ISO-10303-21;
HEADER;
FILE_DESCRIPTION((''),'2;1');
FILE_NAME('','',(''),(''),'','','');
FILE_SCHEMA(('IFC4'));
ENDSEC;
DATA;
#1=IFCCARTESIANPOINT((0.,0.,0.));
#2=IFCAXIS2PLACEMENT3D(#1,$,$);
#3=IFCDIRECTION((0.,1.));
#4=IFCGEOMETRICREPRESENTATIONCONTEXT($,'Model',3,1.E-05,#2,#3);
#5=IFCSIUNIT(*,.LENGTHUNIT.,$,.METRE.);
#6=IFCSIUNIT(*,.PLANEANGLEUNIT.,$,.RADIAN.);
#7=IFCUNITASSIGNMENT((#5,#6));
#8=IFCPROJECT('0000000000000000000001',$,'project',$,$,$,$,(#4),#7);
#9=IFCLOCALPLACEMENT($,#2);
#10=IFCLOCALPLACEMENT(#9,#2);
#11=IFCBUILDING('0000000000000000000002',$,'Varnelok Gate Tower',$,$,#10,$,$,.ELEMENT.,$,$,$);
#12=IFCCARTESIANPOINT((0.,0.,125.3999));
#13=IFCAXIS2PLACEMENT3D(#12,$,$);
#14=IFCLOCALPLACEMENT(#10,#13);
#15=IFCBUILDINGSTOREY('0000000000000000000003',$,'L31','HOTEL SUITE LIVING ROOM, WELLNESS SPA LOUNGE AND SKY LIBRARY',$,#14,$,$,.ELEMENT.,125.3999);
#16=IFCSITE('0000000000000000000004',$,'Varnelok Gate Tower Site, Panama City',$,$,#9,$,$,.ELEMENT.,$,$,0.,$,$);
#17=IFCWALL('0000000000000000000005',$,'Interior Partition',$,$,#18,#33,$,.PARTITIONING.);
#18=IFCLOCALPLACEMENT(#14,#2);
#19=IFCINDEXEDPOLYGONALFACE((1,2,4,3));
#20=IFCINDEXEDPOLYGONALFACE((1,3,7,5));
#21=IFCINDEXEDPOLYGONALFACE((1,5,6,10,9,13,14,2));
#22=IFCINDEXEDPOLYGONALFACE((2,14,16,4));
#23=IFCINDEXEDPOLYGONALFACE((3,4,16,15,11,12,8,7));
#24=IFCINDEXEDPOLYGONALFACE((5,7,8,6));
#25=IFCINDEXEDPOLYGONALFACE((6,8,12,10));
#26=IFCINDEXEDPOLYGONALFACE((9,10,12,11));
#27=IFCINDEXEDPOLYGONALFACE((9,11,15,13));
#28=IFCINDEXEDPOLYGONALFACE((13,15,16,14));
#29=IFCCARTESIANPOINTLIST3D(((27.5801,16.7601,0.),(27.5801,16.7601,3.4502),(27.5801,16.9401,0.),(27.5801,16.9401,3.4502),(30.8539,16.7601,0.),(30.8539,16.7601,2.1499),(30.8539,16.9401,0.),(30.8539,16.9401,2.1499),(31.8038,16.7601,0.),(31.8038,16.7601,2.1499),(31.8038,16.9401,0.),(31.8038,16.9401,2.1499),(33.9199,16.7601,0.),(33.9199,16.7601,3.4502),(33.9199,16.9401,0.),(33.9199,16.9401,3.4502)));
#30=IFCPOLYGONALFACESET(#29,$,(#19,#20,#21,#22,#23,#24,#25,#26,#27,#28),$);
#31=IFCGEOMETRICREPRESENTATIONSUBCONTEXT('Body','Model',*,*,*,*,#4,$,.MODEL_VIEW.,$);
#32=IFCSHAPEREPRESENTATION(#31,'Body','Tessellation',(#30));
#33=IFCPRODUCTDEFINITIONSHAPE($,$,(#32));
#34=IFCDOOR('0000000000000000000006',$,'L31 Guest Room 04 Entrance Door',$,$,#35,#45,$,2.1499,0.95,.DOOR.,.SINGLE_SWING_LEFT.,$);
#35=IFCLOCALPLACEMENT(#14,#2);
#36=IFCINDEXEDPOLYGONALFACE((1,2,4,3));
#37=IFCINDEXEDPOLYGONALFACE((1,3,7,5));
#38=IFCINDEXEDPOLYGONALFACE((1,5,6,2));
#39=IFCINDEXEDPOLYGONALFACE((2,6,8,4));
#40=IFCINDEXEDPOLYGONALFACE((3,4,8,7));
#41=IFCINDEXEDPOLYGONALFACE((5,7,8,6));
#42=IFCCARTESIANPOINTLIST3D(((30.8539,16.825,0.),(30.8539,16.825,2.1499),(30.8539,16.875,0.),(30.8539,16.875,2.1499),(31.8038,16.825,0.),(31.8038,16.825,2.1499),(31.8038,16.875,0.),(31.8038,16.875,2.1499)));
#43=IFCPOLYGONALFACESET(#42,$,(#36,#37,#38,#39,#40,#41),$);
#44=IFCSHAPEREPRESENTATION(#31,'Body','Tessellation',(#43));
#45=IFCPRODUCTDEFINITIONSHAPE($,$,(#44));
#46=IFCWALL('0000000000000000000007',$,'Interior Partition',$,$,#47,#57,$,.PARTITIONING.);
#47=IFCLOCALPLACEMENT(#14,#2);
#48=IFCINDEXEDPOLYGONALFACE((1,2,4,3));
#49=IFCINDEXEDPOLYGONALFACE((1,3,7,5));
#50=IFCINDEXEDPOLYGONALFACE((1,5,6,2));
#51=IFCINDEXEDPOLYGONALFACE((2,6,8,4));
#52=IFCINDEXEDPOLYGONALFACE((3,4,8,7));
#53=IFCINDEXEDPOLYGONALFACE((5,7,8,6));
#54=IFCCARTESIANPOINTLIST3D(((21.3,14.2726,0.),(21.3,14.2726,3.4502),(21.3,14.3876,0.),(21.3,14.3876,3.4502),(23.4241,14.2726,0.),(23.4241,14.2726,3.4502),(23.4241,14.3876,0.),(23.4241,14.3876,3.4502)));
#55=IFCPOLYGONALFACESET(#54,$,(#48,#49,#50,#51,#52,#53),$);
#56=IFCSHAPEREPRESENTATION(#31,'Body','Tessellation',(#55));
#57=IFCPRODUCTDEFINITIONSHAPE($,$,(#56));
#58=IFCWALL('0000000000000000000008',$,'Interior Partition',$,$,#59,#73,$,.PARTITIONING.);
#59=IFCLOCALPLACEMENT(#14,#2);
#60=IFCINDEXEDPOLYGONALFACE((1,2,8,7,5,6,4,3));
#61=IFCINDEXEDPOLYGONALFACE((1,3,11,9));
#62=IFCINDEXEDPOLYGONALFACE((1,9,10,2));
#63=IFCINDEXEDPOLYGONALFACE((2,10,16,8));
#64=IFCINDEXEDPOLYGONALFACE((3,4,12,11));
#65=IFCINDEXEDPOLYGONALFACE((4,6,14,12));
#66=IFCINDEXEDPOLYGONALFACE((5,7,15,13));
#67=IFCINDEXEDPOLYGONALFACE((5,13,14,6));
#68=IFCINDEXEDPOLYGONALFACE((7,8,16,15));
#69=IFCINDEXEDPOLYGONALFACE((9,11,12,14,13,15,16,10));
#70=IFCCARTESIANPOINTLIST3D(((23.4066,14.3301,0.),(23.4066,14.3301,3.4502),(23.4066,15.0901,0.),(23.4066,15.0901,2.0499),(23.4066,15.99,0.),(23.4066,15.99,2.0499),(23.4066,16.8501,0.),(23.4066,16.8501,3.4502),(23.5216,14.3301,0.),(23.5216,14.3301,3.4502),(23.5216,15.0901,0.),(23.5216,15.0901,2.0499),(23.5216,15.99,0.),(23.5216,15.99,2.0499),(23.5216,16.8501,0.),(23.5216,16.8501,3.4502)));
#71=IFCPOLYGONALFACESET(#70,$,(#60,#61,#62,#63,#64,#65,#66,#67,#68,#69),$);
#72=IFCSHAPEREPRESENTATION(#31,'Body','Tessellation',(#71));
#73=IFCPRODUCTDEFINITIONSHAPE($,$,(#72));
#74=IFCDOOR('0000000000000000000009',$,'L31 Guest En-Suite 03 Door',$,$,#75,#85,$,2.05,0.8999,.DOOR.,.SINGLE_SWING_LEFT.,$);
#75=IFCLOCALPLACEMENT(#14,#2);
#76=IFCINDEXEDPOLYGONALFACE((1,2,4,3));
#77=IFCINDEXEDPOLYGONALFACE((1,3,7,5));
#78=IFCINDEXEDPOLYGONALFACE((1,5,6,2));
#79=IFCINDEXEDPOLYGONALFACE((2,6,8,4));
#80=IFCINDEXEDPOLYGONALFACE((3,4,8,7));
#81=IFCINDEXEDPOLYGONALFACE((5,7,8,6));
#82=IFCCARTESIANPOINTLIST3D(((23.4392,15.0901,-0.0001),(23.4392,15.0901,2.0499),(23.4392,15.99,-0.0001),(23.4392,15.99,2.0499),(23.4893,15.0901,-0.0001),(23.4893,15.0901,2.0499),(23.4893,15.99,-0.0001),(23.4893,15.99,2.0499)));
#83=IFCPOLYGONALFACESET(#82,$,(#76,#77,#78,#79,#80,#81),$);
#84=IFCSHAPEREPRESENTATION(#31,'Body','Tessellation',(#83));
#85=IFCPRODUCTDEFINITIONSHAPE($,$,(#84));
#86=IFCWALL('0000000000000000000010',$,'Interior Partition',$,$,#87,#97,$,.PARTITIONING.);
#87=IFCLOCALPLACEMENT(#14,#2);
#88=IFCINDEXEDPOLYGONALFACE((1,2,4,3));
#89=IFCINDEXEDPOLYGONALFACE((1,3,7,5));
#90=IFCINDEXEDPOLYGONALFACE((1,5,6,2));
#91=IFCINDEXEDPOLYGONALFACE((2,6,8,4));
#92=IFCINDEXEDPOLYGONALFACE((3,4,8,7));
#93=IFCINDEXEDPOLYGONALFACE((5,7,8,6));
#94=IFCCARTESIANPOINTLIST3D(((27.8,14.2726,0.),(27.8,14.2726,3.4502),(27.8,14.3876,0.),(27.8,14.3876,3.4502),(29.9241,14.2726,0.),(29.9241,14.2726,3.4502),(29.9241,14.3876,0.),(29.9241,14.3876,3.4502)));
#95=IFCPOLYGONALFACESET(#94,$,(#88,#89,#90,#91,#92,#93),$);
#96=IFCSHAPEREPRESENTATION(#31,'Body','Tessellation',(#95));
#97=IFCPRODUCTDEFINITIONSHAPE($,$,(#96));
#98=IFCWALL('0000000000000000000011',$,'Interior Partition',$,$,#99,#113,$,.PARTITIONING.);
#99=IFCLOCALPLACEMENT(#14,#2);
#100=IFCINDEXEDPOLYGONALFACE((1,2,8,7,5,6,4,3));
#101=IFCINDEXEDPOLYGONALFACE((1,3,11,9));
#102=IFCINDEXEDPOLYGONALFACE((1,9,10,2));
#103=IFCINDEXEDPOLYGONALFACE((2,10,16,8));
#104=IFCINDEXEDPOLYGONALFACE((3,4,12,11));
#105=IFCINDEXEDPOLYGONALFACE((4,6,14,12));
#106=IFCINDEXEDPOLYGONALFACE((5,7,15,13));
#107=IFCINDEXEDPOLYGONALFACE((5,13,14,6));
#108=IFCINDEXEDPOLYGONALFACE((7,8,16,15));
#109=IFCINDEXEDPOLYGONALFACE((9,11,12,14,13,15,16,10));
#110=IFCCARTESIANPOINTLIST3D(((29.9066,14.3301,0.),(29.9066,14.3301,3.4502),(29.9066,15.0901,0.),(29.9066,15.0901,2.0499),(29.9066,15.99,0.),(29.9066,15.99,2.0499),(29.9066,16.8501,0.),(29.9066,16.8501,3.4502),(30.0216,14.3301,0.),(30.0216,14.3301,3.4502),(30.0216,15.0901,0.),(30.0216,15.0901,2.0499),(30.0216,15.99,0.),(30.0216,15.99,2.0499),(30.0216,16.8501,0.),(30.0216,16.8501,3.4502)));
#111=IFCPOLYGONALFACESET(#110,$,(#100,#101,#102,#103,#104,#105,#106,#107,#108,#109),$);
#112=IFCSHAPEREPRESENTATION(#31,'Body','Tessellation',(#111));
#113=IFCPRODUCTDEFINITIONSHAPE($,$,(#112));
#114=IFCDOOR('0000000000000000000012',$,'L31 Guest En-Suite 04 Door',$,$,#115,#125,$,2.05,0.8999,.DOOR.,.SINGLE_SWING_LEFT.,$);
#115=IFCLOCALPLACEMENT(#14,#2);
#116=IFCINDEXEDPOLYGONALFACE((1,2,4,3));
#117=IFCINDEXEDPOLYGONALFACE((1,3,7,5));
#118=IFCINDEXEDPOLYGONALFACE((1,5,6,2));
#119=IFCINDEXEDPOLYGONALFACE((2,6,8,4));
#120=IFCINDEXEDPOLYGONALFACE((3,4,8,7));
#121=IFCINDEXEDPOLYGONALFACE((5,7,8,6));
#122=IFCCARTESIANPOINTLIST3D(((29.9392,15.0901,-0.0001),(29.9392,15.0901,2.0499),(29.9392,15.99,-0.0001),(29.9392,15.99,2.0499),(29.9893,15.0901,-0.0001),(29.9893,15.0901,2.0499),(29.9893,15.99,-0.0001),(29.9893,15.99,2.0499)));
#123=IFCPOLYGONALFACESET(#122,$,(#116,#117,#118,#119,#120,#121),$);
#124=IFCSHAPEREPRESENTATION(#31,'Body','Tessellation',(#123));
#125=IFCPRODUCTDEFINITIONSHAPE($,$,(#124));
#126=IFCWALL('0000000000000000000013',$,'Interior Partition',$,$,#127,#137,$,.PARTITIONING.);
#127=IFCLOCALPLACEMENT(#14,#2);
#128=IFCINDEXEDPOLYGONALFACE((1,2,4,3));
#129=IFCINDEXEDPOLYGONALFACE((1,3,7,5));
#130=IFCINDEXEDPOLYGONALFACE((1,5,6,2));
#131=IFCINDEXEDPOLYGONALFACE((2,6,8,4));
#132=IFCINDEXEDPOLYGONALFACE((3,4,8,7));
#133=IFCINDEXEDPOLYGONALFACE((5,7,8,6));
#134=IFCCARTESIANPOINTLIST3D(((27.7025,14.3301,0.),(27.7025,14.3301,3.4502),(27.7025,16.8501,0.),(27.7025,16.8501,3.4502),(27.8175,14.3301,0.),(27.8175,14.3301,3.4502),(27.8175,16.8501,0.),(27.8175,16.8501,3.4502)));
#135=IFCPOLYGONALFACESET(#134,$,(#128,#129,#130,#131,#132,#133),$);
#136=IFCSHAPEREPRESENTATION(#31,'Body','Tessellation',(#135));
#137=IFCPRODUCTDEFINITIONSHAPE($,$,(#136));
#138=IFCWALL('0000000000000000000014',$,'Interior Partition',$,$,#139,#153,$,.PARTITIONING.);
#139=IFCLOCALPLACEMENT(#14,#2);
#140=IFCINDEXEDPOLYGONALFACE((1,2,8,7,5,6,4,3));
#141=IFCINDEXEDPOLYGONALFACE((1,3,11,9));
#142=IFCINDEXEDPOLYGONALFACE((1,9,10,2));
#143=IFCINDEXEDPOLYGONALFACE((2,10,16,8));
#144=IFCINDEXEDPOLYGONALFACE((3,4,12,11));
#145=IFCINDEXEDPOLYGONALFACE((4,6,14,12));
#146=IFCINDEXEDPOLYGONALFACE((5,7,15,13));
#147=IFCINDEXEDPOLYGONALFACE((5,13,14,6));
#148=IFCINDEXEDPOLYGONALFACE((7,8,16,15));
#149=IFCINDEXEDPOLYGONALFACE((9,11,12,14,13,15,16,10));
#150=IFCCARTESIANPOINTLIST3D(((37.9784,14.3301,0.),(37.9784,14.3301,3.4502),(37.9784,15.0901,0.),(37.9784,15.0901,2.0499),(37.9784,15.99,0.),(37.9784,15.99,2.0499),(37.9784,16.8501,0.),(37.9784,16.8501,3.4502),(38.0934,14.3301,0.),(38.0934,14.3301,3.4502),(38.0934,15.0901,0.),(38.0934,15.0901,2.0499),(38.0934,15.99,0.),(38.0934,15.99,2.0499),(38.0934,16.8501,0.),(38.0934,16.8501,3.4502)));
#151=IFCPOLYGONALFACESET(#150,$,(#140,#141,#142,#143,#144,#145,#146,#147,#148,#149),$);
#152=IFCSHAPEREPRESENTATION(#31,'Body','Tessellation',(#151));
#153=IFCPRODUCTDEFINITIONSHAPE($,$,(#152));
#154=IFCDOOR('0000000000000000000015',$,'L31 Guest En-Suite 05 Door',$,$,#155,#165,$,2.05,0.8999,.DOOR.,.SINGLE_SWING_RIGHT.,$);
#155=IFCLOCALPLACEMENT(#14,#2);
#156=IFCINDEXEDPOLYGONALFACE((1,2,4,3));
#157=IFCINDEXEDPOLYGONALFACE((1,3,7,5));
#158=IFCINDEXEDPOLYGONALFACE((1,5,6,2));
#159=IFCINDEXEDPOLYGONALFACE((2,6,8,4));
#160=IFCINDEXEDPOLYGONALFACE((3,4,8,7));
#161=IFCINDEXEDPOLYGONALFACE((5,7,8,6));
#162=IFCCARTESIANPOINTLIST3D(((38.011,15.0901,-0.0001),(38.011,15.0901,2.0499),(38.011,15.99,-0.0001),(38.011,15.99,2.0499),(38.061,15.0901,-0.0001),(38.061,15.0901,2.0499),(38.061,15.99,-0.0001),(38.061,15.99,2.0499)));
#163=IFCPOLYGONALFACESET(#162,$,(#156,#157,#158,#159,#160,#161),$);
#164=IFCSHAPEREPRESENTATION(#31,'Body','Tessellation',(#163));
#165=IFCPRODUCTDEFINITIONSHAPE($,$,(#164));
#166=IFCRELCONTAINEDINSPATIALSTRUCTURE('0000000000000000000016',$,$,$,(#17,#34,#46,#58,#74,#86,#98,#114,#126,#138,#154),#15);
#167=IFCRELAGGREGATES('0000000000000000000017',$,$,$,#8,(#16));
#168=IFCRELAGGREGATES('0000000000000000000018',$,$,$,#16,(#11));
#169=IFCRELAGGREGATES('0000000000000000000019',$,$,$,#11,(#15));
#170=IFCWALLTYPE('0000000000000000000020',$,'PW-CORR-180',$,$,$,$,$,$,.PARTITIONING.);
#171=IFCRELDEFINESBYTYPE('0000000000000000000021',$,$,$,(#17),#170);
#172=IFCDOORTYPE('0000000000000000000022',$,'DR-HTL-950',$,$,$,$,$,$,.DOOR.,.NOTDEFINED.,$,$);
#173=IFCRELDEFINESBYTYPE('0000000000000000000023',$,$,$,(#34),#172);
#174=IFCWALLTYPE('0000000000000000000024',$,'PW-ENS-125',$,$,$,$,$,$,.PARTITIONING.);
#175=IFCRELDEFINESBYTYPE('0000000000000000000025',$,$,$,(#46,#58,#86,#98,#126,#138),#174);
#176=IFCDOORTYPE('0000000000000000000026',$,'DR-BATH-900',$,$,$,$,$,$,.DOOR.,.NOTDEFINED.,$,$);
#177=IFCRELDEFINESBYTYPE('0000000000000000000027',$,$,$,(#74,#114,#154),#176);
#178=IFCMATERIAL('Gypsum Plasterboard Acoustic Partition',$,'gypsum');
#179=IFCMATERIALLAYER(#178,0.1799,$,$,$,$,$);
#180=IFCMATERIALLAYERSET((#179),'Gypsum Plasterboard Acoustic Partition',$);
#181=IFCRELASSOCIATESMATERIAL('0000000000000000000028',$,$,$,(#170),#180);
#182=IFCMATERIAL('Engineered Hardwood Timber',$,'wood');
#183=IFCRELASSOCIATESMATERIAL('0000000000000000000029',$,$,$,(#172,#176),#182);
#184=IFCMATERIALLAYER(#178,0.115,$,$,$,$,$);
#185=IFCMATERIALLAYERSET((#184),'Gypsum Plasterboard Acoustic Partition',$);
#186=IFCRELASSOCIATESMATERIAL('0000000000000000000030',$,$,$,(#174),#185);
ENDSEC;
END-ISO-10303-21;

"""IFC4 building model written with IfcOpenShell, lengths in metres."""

from ifc_helpers import new_model, si_unit, direction, frame, frame_2d, origin, place, context, subcontext, project, spatial, rectangle, extrude, material, layer, layer_set, type_object, element, fill, save


model = new_model("IFC4")

# Units and contexts
model_context = context("Model", 3, precision=1e-05, world=origin(), true_north=direction((0.0, 1.0)))
body_context = subcontext(model_context, "Body", "Model", "MODEL_VIEW")
ifc_project = project(units=[si_unit("LENGTHUNIT", "METRE"), si_unit("PLANEANGLEUNIT", "RADIAN")], contexts=[model_context])

# Site, building, storey
site_placement = place(None, origin())
site = spatial("IfcSite", under=ifc_project, at=site_placement, Name="Varnelok Gate Tower Site, Panama City", CompositionType="ELEMENT", RefElevation=0.0)
building_placement = place(site_placement, origin())
building = spatial("IfcBuilding", under=site, at=building_placement, Name="Varnelok Gate Tower", CompositionType="ELEMENT")
storey_placement = place(building_placement, frame((0.0, 0.0, 125.3999)))
storey = spatial("IfcBuildingStorey", under=building, at=storey_placement, Name="L31", Description="HOTEL SUITE LIVING ROOM, WELLNESS SPA LOUNGE AND SKY LIBRARY", CompositionType="ELEMENT", Elevation=125.3999)

# Wall, opening, door
ifc_material_1 = material(Name="Gypsum Plasterboard Acoustic Partition", Category="gypsum")
ifc_layer_1 = layer(ifc_material_1, 0.1799)
ifc_layer_set_1 = layer_set([ifc_layer_1], Name="Gypsum Plasterboard Acoustic Partition")
wall_type_1 = type_object("IfcWallType", Name="PW-CORR-180", PredefinedType="PARTITIONING", material=ifc_layer_set_1)
wall_1_placement = place(storey_placement, frame((27.5801, 16.8501, 0.0), z_axis=(0.0, 0.0, 1.0), x_axis=(1.0, 0.0, 0.0)))
wall_1 = element("IfcWall", 1, at=wall_1_placement, inside=storey, type_object=wall_type_1, Name="Interior Partition", PredefinedType="PARTITIONING", context=body_context, shape_type="SweptSolid", body=[
    extrude(rectangle(XDim=6.3398, YDim=0.1799, at=frame_2d((3.1699, 0.0))), origin(), (0.0, 0.0, 1.0), 3.4502),
])
opening_1_placement = place(wall_1_placement, frame((3.2737, 0.0, 0.0)))
opening_1 = element("IfcOpeningElement", 2, at=opening_1_placement, cuts=wall_1, PredefinedType="OPENING", context=body_context, shape_type="SweptSolid", body=[
    extrude(rectangle(XDim=0.95, YDim=2.1499, at=frame_2d((0.4751, 1.075))), frame((0.0, 0.0999, 0.0), z_axis=(0.0, -1.0, 0.0), x_axis=(1.0, 0.0, 0.0)), (0.0, 0.0, 1.0), 0.2),
])
ifc_material_2 = material(Name="Engineered Hardwood Timber", Category="wood")
door_type_1 = type_object("IfcDoorType", Name="DR-HTL-950", OperationType="NOTDEFINED", PredefinedType="DOOR", material=ifc_material_2)
door_1_placement = place(opening_1_placement, origin())
door_1 = element("IfcDoor", 3, at=door_1_placement, inside=storey, type_object=door_type_1, Name="L31 Guest Room 04 Entrance Door", OperationType="SINGLE_SWING_LEFT", OverallHeight=2.1499, OverallWidth=0.95, PredefinedType="DOOR", context=body_context, shape_type="SweptSolid", body=[
    extrude(rectangle(XDim=0.95, YDim=2.1499, at=frame_2d((0.4751, 1.075))), frame((0.0, 0.0249, 0.0), z_axis=(0.0, -1.0, 0.0), x_axis=(1.0, 0.0, 0.0)), (0.0, 0.0, 1.0), 0.05),
])
fill(opening_1, door_1)

# Wall
ifc_layer_2 = layer(ifc_material_1, 0.115)
ifc_layer_set_2 = layer_set([ifc_layer_2], Name="Gypsum Plasterboard Acoustic Partition")
wall_type_2 = type_object("IfcWallType", Name="PW-ENS-125", PredefinedType="PARTITIONING", material=ifc_layer_set_2)
wall_2_placement = place(storey_placement, frame((21.3, 14.3301, 0.0), z_axis=(0.0, 0.0, 1.0), x_axis=(1.0, 0.0, 0.0)))
element("IfcWall", 4, at=wall_2_placement, inside=storey, type_object=wall_type_2, Name="Interior Partition", PredefinedType="PARTITIONING", context=body_context, shape_type="SweptSolid", body=[
    extrude(rectangle(XDim=2.124, YDim=0.115, at=frame_2d((1.062, 0.0))), origin(), (0.0, 0.0, 1.0), 3.4502),
])

# Wall, opening, door
wall_3_placement = place(storey_placement, frame((23.4641, 14.3301, 0.0), z_axis=(0.0, 0.0, 1.0), x_axis=(0.0, 1.0, 0.0)))
wall_3 = element("IfcWall", 5, at=wall_3_placement, inside=storey, type_object=wall_type_2, Name="Interior Partition", PredefinedType="PARTITIONING", context=body_context, shape_type="SweptSolid", body=[
    extrude(rectangle(XDim=2.52, YDim=0.115, at=frame_2d((1.26, 0.0))), origin(), (0.0, 0.0, 1.0), 3.4502),
])
opening_2_placement = place(wall_3_placement, frame((0.76, 0.0, 0.0)))
opening_2 = element("IfcOpeningElement", 6, at=opening_2_placement, cuts=wall_3, PredefinedType="OPENING", context=body_context, shape_type="SweptSolid", body=[
    extrude(rectangle(XDim=0.8999, YDim=2.05, at=frame_2d((0.45, 1.0249))), frame((0.0, 0.0674, 0.0), z_axis=(0.0, -1.0, 0.0), x_axis=(1.0, 0.0, 0.0)), (0.0, 0.0, 1.0), 0.135),
])
door_type_2 = type_object("IfcDoorType", Name="DR-BATH-900", OperationType="NOTDEFINED", PredefinedType="DOOR", material=ifc_material_2)
door_2_placement = place(opening_2_placement, origin())
door_2 = element("IfcDoor", 7, at=door_2_placement, inside=storey, type_object=door_type_2, Name="L31 Guest En-Suite 03 Door", OperationType="SINGLE_SWING_LEFT", OverallHeight=2.05, OverallWidth=0.8999, PredefinedType="DOOR", context=body_context, shape_type="SweptSolid", body=[
    extrude(rectangle(XDim=0.8999, YDim=2.05, at=frame_2d((0.45, 1.0249))), frame((0.0, 0.0249, 0.0), z_axis=(0.0, -1.0, 0.0), x_axis=(1.0, 0.0, 0.0)), (0.0, 0.0, 1.0), 0.05),
])
fill(opening_2, door_2)

# Wall
wall_4_placement = place(storey_placement, frame((27.8, 14.3301, 0.0), z_axis=(0.0, 0.0, 1.0), x_axis=(1.0, 0.0, 0.0)))
element("IfcWall", 8, at=wall_4_placement, inside=storey, type_object=wall_type_2, Name="Interior Partition", PredefinedType="PARTITIONING", context=body_context, shape_type="SweptSolid", body=[
    extrude(rectangle(XDim=2.124, YDim=0.115, at=frame_2d((1.062, 0.0))), origin(), (0.0, 0.0, 1.0), 3.4502),
])

# Wall, opening, door
wall_5_placement = place(storey_placement, frame((29.9641, 14.3301, 0.0), z_axis=(0.0, 0.0, 1.0), x_axis=(0.0, 1.0, 0.0)))
wall_5 = element("IfcWall", 9, at=wall_5_placement, inside=storey, type_object=wall_type_2, Name="Interior Partition", PredefinedType="PARTITIONING", context=body_context, shape_type="SweptSolid", body=[
    extrude(rectangle(XDim=2.52, YDim=0.115, at=frame_2d((1.26, 0.0))), origin(), (0.0, 0.0, 1.0), 3.4502),
])
opening_3_placement = place(wall_5_placement, frame((0.76, 0.0, 0.0)))
opening_3 = element("IfcOpeningElement", 10, at=opening_3_placement, cuts=wall_5, PredefinedType="OPENING", context=body_context, shape_type="SweptSolid", body=[
    extrude(rectangle(XDim=0.8999, YDim=2.05, at=frame_2d((0.45, 1.0249))), frame((0.0, 0.0674, 0.0), z_axis=(0.0, -1.0, 0.0), x_axis=(1.0, 0.0, 0.0)), (0.0, 0.0, 1.0), 0.135),
])
door_3_placement = place(opening_3_placement, origin())
door_3 = element("IfcDoor", 11, at=door_3_placement, inside=storey, type_object=door_type_2, Name="L31 Guest En-Suite 04 Door", OperationType="SINGLE_SWING_LEFT", OverallHeight=2.05, OverallWidth=0.8999, PredefinedType="DOOR", context=body_context, shape_type="SweptSolid", body=[
    extrude(rectangle(XDim=0.8999, YDim=2.05, at=frame_2d((0.45, 1.0249))), frame((0.0, 0.0249, 0.0), z_axis=(0.0, -1.0, 0.0), x_axis=(1.0, 0.0, 0.0)), (0.0, 0.0, 1.0), 0.05),
])
fill(opening_3, door_3)

# Wall
wall_6_placement = place(storey_placement, frame((27.76, 14.3301, 0.0), z_axis=(0.0, 0.0, 1.0), x_axis=(0.0, 1.0, 0.0)))
element("IfcWall", 12, at=wall_6_placement, inside=storey, type_object=wall_type_2, Name="Interior Partition", PredefinedType="PARTITIONING", context=body_context, shape_type="SweptSolid", body=[
    extrude(rectangle(XDim=2.52, YDim=0.115, at=frame_2d((1.26, 0.0))), origin(), (0.0, 0.0, 1.0), 3.4502),
])

# Wall, opening, door
wall_7_placement = place(storey_placement, frame((38.0359, 14.3301, 0.0), z_axis=(0.0, 0.0, 1.0), x_axis=(0.0, 1.0, 0.0)))
wall_7 = element("IfcWall", 13, at=wall_7_placement, inside=storey, type_object=wall_type_2, Name="Interior Partition", PredefinedType="PARTITIONING", context=body_context, shape_type="SweptSolid", body=[
    extrude(rectangle(XDim=2.52, YDim=0.115, at=frame_2d((1.26, 0.0))), origin(), (0.0, 0.0, 1.0), 3.4502),
])
opening_4_placement = place(wall_7_placement, frame((0.76, 0.0, 0.0)))
opening_4 = element("IfcOpeningElement", 14, at=opening_4_placement, cuts=wall_7, PredefinedType="OPENING", context=body_context, shape_type="SweptSolid", body=[
    extrude(rectangle(XDim=0.8999, YDim=2.05, at=frame_2d((0.45, 1.0249))), frame((0.0, 0.0674, 0.0), z_axis=(0.0, -1.0, 0.0), x_axis=(1.0, 0.0, 0.0)), (0.0, 0.0, 1.0), 0.135),
])
door_4_placement = place(opening_4_placement, origin())
door_4 = element("IfcDoor", 15, at=door_4_placement, inside=storey, type_object=door_type_2, Name="L31 Guest En-Suite 05 Door", OperationType="SINGLE_SWING_RIGHT", OverallHeight=2.05, OverallWidth=0.8999, PredefinedType="DOOR", context=body_context, shape_type="SweptSolid", body=[
    extrude(rectangle(XDim=0.8999, YDim=2.05, at=frame_2d((0.45, 1.0249))), frame((0.0, 0.0249, 0.0), z_axis=(0.0, -1.0, 0.0), x_axis=(1.0, 0.0, 0.0)), (0.0, 0.0, 1.0), 0.05),
])
fill(opening_4, door_4)

save(model, "model.ifc")
